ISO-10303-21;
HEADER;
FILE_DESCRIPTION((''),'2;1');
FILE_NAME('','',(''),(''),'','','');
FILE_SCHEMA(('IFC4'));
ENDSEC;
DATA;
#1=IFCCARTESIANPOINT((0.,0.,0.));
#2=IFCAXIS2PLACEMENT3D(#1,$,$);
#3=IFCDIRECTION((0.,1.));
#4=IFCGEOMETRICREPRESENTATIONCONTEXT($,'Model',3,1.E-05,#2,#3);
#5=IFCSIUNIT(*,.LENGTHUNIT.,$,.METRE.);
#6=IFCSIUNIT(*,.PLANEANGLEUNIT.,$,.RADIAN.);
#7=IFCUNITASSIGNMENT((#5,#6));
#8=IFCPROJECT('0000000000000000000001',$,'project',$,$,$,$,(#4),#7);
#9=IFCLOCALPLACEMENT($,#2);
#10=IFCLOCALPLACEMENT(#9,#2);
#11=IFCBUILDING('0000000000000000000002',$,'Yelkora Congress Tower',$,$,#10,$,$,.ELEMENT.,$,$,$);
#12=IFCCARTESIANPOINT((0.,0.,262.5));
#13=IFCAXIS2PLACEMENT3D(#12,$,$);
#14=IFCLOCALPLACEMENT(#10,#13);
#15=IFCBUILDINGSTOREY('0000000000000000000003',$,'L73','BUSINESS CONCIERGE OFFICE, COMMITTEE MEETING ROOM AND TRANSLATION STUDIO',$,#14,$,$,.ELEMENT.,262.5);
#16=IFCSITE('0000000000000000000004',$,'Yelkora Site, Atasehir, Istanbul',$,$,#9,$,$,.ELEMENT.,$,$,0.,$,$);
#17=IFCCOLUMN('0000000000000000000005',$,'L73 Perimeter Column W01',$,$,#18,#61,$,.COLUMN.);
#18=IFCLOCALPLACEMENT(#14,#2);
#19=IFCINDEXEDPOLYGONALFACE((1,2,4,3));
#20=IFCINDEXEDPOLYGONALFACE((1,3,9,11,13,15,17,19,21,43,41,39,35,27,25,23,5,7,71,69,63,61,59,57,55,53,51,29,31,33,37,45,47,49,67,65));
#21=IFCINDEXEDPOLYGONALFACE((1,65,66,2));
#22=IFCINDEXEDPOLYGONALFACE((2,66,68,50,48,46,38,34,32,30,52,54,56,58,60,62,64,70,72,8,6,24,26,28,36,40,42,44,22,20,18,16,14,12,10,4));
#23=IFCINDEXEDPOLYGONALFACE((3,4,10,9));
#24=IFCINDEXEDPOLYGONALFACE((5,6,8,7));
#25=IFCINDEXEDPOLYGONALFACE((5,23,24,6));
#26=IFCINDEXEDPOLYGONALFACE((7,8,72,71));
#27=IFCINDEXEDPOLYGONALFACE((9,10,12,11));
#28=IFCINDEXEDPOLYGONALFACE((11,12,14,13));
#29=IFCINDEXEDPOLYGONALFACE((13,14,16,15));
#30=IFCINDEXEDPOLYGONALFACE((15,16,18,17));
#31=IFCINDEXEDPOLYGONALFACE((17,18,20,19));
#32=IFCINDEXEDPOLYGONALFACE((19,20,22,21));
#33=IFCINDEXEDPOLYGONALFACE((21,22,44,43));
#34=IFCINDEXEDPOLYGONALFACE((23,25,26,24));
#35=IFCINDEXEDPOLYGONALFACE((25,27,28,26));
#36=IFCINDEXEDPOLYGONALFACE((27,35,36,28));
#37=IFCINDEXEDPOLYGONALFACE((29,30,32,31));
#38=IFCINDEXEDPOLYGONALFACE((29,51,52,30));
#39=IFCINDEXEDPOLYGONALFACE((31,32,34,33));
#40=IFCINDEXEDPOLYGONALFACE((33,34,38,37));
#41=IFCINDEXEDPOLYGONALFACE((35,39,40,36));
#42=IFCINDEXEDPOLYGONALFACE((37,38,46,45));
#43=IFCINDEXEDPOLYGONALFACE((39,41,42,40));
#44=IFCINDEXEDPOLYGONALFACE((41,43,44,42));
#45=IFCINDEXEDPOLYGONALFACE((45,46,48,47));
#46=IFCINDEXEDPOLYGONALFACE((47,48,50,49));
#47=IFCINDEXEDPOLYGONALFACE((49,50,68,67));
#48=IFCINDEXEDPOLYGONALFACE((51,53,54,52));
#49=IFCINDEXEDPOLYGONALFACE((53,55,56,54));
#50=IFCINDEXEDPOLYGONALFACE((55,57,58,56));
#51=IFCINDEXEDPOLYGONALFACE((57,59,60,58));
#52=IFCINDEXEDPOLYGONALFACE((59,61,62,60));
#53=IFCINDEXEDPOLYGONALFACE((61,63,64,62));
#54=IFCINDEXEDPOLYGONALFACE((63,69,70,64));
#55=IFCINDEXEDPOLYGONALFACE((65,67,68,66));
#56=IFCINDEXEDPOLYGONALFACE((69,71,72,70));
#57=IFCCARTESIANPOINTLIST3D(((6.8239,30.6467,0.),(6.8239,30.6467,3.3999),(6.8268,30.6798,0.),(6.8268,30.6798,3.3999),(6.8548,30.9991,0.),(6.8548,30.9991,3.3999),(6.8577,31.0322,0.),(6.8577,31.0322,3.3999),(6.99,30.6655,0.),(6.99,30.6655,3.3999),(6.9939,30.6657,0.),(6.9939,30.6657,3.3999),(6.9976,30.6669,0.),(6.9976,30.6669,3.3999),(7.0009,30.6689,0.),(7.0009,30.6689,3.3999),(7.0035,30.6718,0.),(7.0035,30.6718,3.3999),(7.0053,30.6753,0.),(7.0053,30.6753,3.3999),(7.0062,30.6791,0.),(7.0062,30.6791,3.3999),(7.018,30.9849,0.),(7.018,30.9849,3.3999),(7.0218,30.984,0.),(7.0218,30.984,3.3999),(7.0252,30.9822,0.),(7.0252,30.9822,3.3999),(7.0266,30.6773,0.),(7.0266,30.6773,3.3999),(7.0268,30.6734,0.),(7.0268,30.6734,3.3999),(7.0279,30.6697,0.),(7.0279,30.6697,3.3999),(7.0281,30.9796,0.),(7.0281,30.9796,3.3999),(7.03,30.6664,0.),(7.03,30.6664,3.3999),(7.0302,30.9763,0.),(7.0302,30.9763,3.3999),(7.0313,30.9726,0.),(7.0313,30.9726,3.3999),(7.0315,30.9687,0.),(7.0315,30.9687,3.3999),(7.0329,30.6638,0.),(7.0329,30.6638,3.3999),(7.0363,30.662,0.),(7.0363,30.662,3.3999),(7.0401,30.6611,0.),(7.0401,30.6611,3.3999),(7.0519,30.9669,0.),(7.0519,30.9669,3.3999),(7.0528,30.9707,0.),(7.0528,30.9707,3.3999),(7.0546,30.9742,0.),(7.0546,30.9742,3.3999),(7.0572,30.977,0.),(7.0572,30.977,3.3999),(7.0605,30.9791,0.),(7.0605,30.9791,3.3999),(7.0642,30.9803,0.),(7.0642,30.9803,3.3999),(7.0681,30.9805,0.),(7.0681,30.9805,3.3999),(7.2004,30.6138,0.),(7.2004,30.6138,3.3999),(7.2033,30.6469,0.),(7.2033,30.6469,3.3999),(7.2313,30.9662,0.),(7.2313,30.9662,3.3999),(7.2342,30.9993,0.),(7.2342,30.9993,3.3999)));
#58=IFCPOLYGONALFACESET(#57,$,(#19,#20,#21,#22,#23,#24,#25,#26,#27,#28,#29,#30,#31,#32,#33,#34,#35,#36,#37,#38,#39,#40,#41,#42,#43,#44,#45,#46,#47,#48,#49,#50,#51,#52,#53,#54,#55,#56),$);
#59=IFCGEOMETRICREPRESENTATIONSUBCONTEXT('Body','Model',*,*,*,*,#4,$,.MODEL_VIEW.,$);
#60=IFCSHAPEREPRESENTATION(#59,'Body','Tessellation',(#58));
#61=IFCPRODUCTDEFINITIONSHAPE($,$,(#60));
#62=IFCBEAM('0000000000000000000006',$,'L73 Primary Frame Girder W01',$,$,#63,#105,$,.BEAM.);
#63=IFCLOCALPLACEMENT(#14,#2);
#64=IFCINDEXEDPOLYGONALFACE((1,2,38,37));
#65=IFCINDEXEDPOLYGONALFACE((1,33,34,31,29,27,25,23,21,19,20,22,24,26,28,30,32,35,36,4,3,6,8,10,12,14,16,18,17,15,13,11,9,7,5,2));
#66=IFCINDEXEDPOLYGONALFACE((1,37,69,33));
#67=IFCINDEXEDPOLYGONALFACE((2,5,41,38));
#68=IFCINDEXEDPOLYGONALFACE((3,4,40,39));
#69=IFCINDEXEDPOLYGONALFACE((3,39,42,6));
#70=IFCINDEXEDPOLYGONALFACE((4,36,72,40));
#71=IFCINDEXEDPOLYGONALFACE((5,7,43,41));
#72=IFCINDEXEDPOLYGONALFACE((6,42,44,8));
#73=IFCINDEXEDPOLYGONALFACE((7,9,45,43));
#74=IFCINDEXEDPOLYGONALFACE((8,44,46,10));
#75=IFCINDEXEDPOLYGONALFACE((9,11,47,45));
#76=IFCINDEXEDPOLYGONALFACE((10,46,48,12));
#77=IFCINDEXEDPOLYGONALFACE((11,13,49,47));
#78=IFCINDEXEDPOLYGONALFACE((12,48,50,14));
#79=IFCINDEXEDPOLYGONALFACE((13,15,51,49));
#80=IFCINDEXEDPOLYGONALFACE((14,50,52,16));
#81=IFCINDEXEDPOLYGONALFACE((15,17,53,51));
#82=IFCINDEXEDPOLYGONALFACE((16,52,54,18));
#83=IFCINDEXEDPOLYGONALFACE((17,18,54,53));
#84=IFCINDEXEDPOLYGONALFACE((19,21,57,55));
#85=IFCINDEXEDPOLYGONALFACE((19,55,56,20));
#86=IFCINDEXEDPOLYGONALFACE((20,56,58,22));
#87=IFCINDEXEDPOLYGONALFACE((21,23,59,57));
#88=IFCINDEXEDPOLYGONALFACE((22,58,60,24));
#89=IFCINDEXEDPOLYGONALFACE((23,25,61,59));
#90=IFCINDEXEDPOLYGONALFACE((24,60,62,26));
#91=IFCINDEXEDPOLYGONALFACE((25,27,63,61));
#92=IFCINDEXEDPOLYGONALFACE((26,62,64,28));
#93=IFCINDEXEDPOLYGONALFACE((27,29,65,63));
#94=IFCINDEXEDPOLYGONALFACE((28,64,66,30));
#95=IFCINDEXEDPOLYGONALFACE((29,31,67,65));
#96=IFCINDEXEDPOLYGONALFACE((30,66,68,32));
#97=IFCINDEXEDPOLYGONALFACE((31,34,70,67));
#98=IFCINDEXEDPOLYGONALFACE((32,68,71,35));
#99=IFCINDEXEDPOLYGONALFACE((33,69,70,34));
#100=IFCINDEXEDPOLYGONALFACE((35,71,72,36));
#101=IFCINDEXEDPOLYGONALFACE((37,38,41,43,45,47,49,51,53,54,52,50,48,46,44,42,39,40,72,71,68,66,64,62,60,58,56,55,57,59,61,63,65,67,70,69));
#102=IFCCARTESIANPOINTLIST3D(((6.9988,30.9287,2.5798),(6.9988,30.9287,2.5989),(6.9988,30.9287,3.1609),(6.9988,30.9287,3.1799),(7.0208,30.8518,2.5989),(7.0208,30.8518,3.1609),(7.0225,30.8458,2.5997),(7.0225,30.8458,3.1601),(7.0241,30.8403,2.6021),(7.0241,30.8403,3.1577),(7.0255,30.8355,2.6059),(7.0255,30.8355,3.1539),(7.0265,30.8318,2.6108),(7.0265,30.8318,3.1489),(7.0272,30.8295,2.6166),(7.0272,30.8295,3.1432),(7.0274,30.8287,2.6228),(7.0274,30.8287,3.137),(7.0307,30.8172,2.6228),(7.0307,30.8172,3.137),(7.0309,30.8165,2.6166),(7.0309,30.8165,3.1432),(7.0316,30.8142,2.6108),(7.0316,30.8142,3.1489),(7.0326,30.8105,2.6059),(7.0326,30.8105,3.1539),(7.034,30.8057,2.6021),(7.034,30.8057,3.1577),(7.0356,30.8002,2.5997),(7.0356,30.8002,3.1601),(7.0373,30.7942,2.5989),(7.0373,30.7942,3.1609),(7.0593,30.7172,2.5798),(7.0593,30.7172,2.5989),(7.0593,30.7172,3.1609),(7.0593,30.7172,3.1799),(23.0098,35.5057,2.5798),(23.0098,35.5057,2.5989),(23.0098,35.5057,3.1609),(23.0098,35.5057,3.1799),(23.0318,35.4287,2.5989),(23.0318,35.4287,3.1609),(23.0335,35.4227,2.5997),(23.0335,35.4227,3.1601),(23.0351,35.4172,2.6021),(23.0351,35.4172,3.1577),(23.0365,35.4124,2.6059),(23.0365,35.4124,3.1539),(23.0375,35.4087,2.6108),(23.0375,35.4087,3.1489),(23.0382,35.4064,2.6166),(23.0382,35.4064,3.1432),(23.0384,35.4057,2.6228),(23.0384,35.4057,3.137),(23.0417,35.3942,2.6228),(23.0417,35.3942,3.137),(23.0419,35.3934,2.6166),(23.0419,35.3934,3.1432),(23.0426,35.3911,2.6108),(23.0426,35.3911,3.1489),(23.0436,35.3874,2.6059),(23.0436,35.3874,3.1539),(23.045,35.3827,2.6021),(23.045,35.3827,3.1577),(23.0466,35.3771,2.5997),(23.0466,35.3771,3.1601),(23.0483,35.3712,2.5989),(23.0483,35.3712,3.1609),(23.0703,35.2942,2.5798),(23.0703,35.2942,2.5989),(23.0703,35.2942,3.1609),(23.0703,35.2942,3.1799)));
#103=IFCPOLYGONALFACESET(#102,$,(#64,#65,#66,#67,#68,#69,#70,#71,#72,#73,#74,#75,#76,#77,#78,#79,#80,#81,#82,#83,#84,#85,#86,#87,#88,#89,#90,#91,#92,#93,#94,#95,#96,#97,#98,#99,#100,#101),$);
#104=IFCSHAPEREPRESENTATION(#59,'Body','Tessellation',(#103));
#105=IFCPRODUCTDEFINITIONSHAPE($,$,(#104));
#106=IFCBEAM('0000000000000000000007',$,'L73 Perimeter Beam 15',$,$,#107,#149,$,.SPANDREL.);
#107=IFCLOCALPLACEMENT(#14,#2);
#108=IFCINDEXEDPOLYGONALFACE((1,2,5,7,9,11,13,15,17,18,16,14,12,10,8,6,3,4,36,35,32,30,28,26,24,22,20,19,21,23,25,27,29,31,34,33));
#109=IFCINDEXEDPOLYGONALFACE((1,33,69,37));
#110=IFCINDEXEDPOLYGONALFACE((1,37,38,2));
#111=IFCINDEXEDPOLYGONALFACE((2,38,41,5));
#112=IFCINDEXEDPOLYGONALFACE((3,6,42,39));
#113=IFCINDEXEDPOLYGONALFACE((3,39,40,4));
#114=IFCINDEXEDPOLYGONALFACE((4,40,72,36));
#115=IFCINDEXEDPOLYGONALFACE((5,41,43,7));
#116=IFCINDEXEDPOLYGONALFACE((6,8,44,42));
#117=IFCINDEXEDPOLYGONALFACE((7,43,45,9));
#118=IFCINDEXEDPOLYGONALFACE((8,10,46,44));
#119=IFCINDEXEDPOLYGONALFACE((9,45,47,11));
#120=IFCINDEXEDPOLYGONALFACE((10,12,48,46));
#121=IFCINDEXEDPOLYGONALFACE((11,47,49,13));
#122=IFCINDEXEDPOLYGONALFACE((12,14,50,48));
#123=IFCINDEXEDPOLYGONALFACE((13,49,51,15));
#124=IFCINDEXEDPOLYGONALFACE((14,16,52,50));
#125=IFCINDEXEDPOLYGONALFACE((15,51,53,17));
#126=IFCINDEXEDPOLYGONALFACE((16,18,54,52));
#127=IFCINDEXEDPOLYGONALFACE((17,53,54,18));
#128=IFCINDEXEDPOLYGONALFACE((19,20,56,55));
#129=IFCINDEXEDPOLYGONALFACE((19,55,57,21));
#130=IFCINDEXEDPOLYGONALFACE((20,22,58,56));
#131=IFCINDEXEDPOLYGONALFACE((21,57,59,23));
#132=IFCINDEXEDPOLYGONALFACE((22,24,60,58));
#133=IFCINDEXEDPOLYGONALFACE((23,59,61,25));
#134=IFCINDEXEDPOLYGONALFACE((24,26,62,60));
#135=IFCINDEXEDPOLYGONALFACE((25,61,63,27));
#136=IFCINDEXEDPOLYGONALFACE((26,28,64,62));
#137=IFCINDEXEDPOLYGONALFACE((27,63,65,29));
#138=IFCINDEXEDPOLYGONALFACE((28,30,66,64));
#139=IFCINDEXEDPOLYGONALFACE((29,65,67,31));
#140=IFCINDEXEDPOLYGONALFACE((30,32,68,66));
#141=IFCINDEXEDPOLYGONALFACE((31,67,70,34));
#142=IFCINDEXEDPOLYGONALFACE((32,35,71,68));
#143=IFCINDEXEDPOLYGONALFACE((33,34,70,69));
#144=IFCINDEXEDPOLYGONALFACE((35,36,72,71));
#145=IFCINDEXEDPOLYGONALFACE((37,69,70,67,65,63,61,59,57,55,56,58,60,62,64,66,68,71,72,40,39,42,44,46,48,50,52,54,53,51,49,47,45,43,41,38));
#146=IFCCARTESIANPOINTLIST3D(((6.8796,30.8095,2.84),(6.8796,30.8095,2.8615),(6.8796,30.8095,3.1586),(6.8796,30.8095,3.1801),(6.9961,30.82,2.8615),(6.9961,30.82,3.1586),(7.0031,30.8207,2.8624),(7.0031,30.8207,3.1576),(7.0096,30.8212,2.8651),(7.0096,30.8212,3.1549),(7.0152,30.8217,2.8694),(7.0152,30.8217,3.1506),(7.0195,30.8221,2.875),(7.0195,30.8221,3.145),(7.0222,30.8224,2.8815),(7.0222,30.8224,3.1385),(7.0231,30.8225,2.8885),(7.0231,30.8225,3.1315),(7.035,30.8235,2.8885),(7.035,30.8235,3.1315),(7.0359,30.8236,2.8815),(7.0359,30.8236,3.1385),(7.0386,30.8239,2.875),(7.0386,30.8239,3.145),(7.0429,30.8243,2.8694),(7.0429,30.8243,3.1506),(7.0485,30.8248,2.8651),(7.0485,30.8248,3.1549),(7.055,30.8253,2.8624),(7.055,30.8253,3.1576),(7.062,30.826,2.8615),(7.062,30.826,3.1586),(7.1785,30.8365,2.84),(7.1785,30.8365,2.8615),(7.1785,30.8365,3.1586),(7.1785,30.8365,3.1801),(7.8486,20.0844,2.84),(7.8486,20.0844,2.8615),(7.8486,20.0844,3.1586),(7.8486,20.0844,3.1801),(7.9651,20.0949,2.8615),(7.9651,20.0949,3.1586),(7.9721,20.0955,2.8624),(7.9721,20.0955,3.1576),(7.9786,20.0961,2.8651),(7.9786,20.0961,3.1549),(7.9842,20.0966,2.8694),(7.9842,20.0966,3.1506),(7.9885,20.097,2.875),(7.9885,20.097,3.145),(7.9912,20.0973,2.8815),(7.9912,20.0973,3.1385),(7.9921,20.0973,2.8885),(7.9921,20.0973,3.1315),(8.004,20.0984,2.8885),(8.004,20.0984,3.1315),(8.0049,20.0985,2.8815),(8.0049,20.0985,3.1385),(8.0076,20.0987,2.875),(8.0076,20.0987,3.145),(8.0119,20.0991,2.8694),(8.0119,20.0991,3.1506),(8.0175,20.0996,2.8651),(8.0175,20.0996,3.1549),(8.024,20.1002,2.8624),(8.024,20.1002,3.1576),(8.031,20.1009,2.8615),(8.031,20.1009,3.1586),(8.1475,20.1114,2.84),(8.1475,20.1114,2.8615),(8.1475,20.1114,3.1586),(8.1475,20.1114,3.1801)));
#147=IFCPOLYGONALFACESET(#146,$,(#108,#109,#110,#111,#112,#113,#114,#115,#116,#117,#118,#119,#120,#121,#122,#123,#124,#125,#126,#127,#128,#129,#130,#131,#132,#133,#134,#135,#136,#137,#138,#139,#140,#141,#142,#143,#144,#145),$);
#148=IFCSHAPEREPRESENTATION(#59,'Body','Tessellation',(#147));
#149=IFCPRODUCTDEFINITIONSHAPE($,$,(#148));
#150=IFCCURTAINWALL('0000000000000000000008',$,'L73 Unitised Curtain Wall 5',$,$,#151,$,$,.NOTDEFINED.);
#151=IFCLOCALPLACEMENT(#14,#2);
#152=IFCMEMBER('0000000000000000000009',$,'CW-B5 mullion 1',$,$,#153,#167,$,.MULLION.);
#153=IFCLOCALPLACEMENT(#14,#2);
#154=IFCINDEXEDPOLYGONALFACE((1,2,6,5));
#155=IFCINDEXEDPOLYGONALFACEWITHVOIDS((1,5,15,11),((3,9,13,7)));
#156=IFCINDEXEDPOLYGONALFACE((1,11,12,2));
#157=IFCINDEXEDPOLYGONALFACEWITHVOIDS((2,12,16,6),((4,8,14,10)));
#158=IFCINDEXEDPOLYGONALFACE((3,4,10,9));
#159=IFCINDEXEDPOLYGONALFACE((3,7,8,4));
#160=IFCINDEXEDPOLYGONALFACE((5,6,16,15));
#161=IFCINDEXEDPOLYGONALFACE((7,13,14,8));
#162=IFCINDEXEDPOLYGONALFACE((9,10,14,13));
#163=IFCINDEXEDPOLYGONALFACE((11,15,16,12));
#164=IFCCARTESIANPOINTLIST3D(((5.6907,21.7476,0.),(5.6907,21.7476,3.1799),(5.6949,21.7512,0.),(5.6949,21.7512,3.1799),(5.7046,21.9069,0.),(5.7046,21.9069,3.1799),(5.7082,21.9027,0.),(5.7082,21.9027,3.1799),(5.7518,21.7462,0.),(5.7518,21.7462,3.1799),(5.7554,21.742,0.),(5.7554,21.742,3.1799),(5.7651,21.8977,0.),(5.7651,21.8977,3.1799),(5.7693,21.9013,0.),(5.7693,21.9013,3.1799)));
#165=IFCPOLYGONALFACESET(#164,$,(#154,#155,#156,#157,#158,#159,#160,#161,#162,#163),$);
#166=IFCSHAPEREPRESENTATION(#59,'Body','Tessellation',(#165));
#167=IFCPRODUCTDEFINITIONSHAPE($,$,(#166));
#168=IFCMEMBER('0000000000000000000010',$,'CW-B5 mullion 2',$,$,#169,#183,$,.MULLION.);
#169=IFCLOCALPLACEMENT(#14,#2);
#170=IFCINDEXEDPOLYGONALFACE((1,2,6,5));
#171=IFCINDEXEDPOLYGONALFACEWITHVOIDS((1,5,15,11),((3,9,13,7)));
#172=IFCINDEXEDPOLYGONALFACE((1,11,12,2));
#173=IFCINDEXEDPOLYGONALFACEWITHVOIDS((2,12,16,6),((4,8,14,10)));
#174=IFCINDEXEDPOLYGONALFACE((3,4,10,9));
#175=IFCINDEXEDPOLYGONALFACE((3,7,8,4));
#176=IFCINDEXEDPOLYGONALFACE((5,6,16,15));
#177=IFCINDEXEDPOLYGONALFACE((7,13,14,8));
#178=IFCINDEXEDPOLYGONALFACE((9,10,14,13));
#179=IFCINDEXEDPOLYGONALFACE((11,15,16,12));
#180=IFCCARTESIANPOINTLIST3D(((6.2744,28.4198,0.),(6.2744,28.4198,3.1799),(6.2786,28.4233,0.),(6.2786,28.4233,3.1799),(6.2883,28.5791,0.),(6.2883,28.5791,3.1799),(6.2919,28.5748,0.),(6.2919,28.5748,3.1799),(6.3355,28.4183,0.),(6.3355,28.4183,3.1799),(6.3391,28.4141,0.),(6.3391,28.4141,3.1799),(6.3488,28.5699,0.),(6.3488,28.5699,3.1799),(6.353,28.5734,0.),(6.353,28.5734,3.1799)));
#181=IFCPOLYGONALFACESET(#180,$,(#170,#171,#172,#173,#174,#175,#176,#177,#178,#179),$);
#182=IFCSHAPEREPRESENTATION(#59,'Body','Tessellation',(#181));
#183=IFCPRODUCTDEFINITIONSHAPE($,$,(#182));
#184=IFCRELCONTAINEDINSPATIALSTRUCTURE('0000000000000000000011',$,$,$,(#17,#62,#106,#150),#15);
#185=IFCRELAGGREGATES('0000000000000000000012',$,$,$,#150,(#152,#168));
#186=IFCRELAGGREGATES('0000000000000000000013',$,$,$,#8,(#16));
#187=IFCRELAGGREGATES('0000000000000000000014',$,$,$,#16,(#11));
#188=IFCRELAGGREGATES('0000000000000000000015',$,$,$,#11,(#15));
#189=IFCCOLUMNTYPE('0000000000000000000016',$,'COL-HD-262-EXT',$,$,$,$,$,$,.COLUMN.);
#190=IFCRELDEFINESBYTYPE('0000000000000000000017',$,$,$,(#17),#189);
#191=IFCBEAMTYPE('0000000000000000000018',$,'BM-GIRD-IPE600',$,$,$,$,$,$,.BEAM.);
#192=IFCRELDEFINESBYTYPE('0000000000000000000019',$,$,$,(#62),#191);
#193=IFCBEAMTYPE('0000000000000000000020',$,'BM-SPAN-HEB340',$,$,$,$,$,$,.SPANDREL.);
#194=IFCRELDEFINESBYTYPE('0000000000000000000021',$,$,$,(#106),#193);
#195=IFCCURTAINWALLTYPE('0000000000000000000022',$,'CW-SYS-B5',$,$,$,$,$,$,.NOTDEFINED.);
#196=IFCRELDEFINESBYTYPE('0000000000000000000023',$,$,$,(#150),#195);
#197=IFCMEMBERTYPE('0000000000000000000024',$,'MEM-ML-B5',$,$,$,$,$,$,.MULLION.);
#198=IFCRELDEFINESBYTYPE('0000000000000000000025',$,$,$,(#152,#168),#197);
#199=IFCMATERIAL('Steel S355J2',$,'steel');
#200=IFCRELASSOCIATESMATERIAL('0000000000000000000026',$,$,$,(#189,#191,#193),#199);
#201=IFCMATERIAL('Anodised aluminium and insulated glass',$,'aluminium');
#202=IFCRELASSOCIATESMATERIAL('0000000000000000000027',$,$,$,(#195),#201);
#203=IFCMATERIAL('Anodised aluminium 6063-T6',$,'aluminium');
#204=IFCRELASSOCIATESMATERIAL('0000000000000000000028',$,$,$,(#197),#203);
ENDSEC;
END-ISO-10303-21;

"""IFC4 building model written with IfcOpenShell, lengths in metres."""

from ifc_helpers import new_model, si_unit, direction, frame, origin, origin_2d, place, context, subcontext, project, spatial, hollow_rectangle, i_section, extrude, material, material_profile, profile_set, type_object, element, aggregate, save


model = new_model("IFC4")

# Units and contexts
model_context = context("Model", 3, precision=1e-05, world=origin(), true_north=direction((0.0, 1.0)))
body_context = subcontext(model_context, "Body", "Model", "MODEL_VIEW")
ifc_project = project(units=[si_unit("LENGTHUNIT", "METRE"), si_unit("PLANEANGLEUNIT", "RADIAN")], contexts=[model_context])

# Site, building, storey
site_placement = place(None, origin())
site = spatial("IfcSite", under=ifc_project, at=site_placement, Name="Yelkora Site, Atasehir, Istanbul", CompositionType="ELEMENT", RefElevation=0.0)
building_placement = place(site_placement, origin())
building = spatial("IfcBuilding", under=site, at=building_placement, Name="Yelkora Congress Tower", CompositionType="ELEMENT")
storey_placement = place(building_placement, frame((0.0, 0.0, 262.5)))
storey = spatial("IfcBuildingStorey", under=building, at=storey_placement, Name="L73", Description="BUSINESS CONCIERGE OFFICE, COMMITTEE MEETING ROOM AND TRANSLATION STUDIO", CompositionType="ELEMENT", Elevation=262.5)

# Column
ifc_material_1 = material(Name="Steel S355J2", Category="steel")
ifc_material_profile_1 = material_profile(ifc_material_1, i_section(OverallWidth=0.3779, OverallDepth=0.387, WebThickness=0.0205, FlangeThickness=0.0332, FilletRadius=0.0149, at=origin_2d()), Name="HD 360x262")
ifc_profile_set_1 = profile_set([ifc_material_profile_1], Name="Steel S355J2")
column_type = type_object("IfcColumnType", Name="COL-HD-262-EXT", PredefinedType="COLUMN", material=ifc_profile_set_1)
column_placement = place(storey_placement, frame((7.0291, 30.823, 0.0), z_axis=(0.0, 0.0, 1.0), x_axis=(0.996195, -0.087156, 0.0)))
element("IfcColumn", 1, at=column_placement, inside=storey, type_object=column_type, Name="L73 Perimeter Column W01", PredefinedType="COLUMN", context=body_context, shape_type="SweptSolid", body=[
    extrude(i_section(OverallWidth=0.3779, OverallDepth=0.387, WebThickness=0.0205, FlangeThickness=0.0332, FilletRadius=0.0149, at=origin_2d()), origin(), (0.0, 0.0, 1.0), 3.3999),
])

# Beams
ifc_material_profile_2 = material_profile(ifc_material_1, i_section(OverallWidth=0.22, OverallDepth=0.6001, WebThickness=0.012, FlangeThickness=0.019, FilletRadius=0.0239, at=origin_2d()), Name="IPE 600")
ifc_profile_set_2 = profile_set([ifc_material_profile_2], Name="Steel S355J2")
beam_type_1 = type_object("IfcBeamType", Name="BM-GIRD-IPE600", PredefinedType="BEAM", material=ifc_profile_set_2)
beam_1_placement = place(storey_placement, frame((7.0291, 30.823, 2.8799), z_axis=(0.961487, 0.274851, 0.0), x_axis=(-0.274851, 0.961487, 0.0)))
element("IfcBeam", 2, at=beam_1_placement, inside=storey, type_object=beam_type_1, Name="L73 Primary Frame Girder W01", PredefinedType="BEAM", context=body_context, shape_type="SweptSolid", body=[
    extrude(i_section(OverallWidth=0.22, OverallDepth=0.6001, WebThickness=0.012, FlangeThickness=0.019, FilletRadius=0.0239, at=origin_2d()), origin(), (0.0, 0.0, 1.0), 16.6523),
])
ifc_material_profile_3 = material_profile(ifc_material_1, i_section(OverallWidth=0.3, OverallDepth=0.3401, WebThickness=0.012, FlangeThickness=0.0215, FilletRadius=0.0271, at=origin_2d()), Name="HEB 340")
ifc_profile_set_3 = profile_set([ifc_material_profile_3], Name="Steel S355J2")
beam_type_2 = type_object("IfcBeamType", Name="BM-SPAN-HEB340", PredefinedType="SPANDREL", material=ifc_profile_set_3)
beam_2_placement = place(storey_placement, frame((7.0291, 30.823, 3.01), z_axis=(0.089982, -0.995943, 0.0), x_axis=(0.995943, 0.089982, 0.0)))
element("IfcBeam", 3, at=beam_2_placement, inside=storey, type_object=beam_type_2, Name="L73 Perimeter Beam 15", PredefinedType="SPANDREL", context=body_context, shape_type="SweptSolid", body=[
    extrude(i_section(OverallWidth=0.3, OverallDepth=0.3401, WebThickness=0.012, FlangeThickness=0.0215, FilletRadius=0.0271, at=origin_2d()), origin(), (0.0, 0.0, 1.0), 10.7688),
])

# Curtain wall, members
ifc_material_2 = material(Name="Anodised aluminium and insulated glass", Category="aluminium")
curtain_wall_type = type_object("IfcCurtainWallType", Name="CW-SYS-B5", PredefinedType="NOTDEFINED", material=ifc_material_2)
curtain_wall_placement = place(storey_placement, origin())
curtain_wall = element("IfcCurtainWall", 4, at=curtain_wall_placement, inside=storey, type_object=curtain_wall_type, Name="L73 Unitised Curtain Wall 5", PredefinedType="NOTDEFINED")
ifc_material_3 = material(Name="Anodised aluminium 6063-T6", Category="aluminium")
ifc_material_profile_4 = material_profile(ifc_material_3, hollow_rectangle(XDim=0.0649, YDim=0.1599, WallThickness=0.0039, at=origin_2d()), Name="ALU 65x160x4")
ifc_profile_set_4 = profile_set([ifc_material_profile_4], Name="Anodised aluminium 6063-T6")
member_type_1 = type_object("IfcMemberType", Name="MEM-ML-B5", PredefinedType="MULLION", material=ifc_profile_set_4)
member_1_placement = place(storey_placement, frame((5.73, 21.8245, 0.0), z_axis=(0.0, 0.0, 1.0), x_axis=(-0.996195, 0.087155, 0.0)))
member_1 = element("IfcMember", 5, at=member_1_placement, type_object=member_type_1, Name="CW-B5 mullion 1", PredefinedType="MULLION", context=body_context, shape_type="SweptSolid", body=[
    extrude(hollow_rectangle(XDim=0.0649, YDim=0.1599, WallThickness=0.0039, at=origin_2d()), origin(), (0.0, 0.0, 1.0), 3.1799),
])
member_2_placement = place(storey_placement, frame((6.3137, 28.4966, 0.0), z_axis=(0.0, 0.0, 1.0), x_axis=(-0.996195, 0.087155, 0.0)))
member_2 = element("IfcMember", 6, at=member_2_placement, type_object=member_type_1, Name="CW-B5 mullion 2", PredefinedType="MULLION", context=body_context, shape_type="SweptSolid", body=[
    extrude(hollow_rectangle(XDim=0.0649, YDim=0.1599, WallThickness=0.0039, at=origin_2d()), origin(), (0.0, 0.0, 1.0), 3.1799),
])
aggregate(curtain_wall, [member_1, member_2])

save(model, "model.ifc")
